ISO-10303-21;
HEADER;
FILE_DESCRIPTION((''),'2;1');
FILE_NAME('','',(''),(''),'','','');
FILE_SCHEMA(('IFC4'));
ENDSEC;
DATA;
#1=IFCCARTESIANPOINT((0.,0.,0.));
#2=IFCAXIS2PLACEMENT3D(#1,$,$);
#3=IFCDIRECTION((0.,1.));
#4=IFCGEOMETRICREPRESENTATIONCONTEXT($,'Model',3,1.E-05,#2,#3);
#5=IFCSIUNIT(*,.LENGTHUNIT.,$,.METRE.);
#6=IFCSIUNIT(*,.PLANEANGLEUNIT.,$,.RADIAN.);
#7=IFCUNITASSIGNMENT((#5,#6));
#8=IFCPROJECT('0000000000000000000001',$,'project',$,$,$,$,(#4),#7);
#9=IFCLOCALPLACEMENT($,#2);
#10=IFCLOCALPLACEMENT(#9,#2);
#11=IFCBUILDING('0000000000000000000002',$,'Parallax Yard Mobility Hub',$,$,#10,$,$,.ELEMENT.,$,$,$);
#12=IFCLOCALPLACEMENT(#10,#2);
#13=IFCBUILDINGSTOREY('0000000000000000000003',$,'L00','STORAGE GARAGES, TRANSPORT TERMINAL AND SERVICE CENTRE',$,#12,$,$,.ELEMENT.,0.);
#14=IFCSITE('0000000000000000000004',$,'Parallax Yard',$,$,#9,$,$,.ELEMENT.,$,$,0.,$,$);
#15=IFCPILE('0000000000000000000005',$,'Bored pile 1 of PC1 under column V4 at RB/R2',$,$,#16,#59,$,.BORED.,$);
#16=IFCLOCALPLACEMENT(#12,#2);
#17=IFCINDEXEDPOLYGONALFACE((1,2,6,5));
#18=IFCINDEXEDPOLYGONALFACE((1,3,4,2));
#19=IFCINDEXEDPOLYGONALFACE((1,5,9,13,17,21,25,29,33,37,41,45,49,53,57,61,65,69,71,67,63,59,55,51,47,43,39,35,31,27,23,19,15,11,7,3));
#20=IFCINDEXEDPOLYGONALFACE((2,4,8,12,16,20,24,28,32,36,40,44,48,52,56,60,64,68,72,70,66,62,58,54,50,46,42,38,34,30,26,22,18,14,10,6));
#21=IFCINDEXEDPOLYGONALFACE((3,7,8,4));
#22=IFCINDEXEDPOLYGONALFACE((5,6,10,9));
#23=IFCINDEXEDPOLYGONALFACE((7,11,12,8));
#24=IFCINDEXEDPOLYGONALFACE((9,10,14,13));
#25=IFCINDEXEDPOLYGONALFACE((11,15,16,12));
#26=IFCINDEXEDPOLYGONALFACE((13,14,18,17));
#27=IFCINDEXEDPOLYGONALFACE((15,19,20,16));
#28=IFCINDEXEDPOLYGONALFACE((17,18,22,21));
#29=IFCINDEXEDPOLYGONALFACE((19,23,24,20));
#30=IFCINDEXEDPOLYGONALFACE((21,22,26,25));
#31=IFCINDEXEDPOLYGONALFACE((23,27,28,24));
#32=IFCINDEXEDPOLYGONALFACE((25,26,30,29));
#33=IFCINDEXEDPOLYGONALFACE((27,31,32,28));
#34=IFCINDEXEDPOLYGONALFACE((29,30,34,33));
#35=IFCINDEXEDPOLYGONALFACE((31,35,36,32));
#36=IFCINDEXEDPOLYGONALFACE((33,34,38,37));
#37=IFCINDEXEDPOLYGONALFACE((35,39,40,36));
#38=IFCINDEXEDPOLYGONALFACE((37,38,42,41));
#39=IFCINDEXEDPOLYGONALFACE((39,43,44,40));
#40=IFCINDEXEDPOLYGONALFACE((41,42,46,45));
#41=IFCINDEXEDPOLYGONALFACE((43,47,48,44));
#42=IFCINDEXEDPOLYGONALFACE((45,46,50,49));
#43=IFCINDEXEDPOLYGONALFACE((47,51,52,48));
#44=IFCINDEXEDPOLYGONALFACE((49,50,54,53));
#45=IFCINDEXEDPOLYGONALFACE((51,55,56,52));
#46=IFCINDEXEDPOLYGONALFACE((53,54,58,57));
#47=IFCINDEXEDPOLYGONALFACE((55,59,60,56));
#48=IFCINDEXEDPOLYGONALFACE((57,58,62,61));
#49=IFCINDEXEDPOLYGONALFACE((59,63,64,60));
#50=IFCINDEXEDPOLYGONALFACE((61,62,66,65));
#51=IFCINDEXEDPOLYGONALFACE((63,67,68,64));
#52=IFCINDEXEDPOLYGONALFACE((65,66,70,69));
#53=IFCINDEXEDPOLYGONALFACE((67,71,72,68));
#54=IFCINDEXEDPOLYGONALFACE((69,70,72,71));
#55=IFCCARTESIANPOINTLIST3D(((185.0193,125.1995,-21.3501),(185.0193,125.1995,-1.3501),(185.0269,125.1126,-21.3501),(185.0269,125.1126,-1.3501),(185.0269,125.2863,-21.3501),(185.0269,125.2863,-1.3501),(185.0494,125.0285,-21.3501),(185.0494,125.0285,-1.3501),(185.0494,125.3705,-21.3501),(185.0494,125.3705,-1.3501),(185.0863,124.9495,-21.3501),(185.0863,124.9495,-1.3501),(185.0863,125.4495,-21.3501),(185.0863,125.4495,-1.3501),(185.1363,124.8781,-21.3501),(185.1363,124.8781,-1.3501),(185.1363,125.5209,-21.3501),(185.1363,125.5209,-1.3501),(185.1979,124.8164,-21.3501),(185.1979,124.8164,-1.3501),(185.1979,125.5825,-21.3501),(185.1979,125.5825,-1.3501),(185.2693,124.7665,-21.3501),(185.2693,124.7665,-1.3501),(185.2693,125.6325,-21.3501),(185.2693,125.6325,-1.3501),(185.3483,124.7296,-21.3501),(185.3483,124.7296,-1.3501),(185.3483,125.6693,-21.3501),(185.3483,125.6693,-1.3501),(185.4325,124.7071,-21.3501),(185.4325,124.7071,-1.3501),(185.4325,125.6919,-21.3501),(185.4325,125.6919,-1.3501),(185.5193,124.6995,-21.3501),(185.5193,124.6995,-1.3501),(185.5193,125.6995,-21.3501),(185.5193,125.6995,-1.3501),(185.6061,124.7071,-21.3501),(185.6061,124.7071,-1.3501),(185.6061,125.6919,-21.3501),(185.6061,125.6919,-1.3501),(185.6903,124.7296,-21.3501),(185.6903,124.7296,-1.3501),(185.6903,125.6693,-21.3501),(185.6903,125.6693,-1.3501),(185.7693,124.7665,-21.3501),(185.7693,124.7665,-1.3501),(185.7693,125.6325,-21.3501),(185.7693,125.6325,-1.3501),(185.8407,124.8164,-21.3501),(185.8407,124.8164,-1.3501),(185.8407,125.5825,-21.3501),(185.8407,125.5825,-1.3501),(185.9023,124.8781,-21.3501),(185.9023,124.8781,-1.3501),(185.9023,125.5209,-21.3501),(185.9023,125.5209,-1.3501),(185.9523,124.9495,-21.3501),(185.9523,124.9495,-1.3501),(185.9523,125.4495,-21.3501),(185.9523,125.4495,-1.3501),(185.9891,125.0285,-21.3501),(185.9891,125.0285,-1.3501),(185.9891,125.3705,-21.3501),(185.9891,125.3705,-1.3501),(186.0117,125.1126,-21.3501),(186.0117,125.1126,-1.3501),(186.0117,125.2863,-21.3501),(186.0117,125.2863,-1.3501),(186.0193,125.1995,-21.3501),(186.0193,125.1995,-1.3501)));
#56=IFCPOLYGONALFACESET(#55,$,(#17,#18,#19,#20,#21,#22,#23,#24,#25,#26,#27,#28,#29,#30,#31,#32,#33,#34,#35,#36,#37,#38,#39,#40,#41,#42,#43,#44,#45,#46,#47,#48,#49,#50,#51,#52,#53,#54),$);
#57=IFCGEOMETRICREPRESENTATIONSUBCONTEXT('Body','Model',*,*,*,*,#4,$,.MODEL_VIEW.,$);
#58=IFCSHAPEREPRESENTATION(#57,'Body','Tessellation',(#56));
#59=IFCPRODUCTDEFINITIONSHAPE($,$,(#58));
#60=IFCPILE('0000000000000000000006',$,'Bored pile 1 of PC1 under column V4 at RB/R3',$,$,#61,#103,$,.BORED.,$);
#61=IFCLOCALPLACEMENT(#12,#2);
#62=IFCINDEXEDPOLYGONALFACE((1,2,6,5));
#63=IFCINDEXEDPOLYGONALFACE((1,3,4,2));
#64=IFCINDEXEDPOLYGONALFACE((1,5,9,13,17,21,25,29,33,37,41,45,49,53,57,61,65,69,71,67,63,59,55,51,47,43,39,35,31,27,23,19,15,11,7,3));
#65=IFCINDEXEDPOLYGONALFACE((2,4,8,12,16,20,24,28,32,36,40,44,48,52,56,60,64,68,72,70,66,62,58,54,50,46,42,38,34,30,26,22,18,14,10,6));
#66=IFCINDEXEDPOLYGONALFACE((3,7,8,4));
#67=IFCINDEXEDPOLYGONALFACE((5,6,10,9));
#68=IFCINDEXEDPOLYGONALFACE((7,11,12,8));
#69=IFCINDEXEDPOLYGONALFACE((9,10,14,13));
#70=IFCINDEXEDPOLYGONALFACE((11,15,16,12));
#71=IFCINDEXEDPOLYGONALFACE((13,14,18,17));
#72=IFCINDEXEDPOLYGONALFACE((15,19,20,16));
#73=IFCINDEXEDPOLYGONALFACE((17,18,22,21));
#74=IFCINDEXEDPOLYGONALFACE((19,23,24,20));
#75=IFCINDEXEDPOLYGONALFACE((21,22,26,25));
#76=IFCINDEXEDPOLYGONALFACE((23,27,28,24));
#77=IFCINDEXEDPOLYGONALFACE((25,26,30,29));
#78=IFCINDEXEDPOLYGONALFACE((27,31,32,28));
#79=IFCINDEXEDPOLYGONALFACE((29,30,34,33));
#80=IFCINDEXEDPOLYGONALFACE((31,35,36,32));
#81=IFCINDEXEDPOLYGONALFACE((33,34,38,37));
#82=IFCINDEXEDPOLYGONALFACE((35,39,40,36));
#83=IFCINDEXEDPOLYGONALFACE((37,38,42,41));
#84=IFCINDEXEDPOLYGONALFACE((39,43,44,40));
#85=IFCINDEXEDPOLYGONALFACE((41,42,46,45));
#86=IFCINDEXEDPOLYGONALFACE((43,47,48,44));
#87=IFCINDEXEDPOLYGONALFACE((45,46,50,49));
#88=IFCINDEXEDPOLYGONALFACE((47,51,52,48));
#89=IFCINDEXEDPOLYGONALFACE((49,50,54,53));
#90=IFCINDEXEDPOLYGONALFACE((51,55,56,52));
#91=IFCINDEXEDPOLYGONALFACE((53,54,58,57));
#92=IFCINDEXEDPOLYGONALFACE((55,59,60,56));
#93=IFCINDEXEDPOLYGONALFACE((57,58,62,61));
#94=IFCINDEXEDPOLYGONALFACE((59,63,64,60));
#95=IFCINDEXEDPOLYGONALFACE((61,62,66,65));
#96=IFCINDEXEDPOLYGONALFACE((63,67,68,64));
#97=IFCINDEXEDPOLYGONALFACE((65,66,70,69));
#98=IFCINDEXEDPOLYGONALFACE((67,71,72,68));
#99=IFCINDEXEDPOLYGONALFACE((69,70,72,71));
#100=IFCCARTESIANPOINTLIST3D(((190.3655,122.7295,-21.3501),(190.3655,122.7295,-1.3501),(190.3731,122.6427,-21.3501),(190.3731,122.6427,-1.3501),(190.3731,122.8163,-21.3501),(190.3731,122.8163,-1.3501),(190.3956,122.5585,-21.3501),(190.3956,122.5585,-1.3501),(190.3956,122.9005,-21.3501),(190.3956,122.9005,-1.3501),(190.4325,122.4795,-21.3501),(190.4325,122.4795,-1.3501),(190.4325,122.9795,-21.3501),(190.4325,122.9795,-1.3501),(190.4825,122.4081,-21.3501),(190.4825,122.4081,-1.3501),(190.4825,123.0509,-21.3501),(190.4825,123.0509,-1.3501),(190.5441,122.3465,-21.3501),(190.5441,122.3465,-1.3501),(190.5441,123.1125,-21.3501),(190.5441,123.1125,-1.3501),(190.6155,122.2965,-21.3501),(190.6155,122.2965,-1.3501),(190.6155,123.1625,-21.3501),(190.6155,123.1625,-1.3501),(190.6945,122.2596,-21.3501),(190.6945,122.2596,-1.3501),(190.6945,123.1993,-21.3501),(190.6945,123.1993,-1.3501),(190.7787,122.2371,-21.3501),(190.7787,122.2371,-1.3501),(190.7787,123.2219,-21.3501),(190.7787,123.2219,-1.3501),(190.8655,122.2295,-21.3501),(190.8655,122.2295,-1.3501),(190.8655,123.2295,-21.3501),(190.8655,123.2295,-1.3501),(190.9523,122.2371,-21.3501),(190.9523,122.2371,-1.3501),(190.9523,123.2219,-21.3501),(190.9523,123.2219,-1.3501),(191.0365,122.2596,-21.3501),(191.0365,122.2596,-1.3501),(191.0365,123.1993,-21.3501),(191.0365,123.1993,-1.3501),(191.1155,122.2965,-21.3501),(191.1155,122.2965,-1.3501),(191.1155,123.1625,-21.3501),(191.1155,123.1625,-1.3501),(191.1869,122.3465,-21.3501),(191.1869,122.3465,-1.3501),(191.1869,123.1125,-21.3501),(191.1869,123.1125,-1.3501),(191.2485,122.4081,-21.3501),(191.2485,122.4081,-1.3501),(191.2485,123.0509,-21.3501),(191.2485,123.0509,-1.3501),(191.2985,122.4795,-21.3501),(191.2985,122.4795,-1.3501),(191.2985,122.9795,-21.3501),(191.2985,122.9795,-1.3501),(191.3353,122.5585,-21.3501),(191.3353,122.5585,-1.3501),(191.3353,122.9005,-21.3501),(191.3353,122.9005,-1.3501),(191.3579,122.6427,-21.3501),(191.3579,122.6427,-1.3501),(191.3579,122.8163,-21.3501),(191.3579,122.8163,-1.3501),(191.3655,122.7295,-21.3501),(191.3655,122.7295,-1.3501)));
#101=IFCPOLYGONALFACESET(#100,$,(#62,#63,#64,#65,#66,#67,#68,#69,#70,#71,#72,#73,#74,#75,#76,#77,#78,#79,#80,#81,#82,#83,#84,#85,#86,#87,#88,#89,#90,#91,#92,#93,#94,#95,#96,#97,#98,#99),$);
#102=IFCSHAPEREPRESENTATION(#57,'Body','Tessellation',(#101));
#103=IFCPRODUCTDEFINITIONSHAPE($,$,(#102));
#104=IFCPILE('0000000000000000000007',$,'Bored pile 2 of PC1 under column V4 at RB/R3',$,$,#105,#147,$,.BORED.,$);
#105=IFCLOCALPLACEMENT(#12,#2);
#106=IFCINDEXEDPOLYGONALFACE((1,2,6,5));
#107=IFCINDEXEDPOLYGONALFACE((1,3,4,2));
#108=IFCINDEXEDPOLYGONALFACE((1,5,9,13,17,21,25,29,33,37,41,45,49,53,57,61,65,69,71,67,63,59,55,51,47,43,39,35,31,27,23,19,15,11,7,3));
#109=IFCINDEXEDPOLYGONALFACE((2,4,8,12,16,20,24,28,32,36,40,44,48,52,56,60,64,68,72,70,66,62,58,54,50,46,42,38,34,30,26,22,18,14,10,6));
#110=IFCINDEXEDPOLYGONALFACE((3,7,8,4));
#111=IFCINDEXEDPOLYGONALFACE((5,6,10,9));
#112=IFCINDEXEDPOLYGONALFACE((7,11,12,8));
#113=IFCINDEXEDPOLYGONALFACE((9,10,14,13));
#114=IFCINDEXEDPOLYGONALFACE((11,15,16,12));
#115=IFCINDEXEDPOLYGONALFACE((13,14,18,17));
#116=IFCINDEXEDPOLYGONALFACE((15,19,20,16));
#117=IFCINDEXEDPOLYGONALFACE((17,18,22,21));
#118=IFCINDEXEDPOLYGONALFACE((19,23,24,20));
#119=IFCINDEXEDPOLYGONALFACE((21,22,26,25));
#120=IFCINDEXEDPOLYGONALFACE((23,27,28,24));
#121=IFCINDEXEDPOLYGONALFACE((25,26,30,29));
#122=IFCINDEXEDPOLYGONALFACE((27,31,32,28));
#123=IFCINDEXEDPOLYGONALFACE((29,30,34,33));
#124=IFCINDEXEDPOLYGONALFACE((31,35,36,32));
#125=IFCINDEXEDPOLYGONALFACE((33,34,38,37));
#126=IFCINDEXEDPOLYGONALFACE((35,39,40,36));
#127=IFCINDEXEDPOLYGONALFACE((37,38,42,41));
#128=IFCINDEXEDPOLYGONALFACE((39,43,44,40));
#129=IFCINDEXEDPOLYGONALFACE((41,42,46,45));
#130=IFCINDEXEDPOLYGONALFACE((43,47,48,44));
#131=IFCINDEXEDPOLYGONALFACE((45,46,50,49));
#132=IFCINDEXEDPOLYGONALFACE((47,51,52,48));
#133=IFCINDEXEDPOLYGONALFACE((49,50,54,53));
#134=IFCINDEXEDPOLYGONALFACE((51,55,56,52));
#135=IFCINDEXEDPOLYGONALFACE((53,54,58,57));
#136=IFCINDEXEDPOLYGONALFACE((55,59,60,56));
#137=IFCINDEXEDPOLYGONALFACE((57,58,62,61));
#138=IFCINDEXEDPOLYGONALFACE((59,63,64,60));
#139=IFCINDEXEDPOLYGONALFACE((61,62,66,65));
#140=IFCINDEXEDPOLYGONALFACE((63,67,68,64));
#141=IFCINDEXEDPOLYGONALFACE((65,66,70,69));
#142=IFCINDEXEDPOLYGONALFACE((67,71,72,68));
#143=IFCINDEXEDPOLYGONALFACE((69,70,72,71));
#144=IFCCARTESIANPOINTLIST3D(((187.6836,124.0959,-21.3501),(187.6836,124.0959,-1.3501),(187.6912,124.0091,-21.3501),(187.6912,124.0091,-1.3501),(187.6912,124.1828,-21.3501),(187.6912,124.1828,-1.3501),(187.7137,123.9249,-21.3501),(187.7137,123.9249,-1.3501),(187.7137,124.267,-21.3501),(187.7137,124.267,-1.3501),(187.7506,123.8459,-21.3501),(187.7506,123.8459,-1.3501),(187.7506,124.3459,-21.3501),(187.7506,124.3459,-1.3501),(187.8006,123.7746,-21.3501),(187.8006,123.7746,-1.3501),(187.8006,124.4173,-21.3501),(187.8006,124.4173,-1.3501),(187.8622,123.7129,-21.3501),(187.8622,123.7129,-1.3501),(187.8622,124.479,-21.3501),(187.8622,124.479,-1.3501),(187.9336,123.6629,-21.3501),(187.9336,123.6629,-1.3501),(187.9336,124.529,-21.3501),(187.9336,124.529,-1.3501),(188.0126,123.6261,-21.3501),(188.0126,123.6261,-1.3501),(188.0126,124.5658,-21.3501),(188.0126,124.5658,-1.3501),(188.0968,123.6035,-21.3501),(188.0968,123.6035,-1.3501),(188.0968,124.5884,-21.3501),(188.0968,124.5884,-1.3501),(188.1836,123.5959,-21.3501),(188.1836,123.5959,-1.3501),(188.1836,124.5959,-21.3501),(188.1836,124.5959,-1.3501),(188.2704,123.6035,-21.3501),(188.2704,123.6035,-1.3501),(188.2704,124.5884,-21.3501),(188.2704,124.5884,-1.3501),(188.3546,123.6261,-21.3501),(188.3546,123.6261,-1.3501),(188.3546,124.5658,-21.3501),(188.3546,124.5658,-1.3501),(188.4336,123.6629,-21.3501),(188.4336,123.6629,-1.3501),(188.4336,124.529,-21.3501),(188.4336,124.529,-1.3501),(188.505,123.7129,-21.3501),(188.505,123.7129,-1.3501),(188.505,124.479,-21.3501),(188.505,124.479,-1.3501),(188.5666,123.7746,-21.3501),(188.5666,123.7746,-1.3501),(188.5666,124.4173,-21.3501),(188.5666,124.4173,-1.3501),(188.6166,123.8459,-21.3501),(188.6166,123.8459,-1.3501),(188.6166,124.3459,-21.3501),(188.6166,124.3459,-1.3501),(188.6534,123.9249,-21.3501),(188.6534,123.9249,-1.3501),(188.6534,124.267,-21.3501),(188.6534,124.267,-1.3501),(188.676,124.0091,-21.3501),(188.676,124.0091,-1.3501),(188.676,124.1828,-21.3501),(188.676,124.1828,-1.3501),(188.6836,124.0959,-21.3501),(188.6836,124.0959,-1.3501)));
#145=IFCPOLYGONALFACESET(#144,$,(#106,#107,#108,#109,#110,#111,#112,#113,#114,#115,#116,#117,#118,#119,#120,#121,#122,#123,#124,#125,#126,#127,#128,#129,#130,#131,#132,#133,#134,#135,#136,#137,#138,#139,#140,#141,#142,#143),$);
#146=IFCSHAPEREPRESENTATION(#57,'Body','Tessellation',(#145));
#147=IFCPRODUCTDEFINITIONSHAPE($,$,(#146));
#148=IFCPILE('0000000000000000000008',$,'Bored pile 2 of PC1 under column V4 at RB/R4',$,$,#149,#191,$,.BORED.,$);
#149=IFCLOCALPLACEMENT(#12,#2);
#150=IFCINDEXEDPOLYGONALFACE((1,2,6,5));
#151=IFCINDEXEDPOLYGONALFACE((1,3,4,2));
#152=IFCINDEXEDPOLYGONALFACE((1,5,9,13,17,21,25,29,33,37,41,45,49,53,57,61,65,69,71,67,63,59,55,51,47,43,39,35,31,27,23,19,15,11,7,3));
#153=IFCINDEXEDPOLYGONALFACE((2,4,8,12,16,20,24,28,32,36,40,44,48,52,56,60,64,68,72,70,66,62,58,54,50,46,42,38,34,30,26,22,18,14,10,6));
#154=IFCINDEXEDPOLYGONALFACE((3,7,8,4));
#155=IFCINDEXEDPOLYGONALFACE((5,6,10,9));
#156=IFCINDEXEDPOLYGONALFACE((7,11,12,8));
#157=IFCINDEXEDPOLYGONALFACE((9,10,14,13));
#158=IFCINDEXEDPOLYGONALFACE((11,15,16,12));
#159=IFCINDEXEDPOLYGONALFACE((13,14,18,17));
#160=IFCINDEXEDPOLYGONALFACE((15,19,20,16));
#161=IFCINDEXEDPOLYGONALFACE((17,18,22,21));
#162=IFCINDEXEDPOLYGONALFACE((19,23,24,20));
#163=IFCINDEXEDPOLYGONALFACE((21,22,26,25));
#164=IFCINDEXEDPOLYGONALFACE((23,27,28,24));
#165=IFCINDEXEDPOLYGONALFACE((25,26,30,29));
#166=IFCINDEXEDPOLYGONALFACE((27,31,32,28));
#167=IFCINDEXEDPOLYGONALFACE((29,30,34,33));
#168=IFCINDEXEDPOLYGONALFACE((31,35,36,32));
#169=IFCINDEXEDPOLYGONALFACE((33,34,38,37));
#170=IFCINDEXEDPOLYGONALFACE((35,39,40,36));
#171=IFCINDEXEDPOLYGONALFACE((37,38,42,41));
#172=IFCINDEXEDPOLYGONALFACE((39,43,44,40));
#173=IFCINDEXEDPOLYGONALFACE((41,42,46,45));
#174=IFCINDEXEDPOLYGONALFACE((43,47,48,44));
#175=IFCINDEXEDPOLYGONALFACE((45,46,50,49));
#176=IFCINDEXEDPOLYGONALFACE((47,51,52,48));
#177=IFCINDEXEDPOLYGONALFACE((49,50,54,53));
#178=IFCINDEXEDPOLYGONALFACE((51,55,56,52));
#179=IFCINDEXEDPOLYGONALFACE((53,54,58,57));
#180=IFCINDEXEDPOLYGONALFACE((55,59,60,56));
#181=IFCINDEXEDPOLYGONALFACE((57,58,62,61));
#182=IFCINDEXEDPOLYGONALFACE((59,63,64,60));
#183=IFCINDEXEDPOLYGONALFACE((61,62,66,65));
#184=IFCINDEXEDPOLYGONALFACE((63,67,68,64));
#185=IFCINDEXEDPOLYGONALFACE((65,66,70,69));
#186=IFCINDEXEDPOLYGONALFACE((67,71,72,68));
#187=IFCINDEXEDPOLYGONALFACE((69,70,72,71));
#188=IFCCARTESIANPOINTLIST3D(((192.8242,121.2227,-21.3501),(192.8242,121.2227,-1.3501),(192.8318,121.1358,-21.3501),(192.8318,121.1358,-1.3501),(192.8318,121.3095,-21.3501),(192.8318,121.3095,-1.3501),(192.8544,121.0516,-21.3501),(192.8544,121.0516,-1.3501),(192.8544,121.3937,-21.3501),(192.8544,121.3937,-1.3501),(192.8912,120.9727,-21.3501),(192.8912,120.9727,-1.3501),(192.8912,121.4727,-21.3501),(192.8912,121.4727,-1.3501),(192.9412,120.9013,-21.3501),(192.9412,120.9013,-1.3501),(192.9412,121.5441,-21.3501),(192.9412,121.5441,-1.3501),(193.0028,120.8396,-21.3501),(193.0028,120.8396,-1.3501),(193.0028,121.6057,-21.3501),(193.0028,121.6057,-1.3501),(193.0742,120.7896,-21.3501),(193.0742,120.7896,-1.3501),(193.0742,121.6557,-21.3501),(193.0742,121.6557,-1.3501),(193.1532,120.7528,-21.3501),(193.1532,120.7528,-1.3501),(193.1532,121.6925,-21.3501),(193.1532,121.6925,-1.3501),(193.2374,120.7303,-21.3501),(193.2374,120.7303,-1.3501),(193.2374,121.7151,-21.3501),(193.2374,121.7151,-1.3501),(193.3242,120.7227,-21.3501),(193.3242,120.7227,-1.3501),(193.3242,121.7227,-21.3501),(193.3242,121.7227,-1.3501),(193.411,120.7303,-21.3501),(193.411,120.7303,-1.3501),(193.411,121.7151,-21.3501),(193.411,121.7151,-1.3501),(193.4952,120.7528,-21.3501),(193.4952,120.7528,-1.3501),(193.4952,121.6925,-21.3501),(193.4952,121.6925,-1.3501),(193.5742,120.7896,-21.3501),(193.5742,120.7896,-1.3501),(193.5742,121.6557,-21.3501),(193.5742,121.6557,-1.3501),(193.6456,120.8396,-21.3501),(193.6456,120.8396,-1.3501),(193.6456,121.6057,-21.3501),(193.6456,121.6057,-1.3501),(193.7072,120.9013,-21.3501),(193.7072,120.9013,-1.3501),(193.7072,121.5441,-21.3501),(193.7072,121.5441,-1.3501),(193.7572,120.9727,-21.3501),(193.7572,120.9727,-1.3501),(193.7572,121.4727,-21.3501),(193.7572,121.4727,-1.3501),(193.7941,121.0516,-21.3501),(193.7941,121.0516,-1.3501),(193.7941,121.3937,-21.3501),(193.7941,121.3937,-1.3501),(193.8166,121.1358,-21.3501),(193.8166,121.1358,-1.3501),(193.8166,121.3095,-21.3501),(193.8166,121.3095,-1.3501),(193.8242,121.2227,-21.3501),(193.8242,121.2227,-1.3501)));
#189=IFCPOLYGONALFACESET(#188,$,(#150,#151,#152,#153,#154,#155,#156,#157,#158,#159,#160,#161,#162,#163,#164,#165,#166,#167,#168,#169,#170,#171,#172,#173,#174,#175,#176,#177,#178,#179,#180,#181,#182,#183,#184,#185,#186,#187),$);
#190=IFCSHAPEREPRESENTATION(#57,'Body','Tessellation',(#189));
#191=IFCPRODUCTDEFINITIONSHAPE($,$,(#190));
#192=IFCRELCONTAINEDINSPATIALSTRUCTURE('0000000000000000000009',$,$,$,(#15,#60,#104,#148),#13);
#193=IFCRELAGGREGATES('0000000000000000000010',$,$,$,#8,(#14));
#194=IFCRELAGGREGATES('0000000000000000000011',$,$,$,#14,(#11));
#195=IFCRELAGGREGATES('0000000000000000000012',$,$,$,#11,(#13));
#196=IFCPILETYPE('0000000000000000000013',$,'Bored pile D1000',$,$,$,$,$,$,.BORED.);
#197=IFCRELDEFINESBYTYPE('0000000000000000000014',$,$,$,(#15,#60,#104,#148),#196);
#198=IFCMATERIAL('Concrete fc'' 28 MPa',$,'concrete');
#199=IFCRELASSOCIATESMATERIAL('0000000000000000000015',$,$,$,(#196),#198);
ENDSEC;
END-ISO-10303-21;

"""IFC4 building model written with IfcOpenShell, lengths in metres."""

from ifc_helpers import new_model, si_unit, direction, frame, origin, origin_2d, place, context, subcontext, project, spatial, circle, extrude, material, material_profile, profile_set, type_object, element, save


model = new_model("IFC4")

# Units and contexts
model_context = context("Model", 3, precision=1e-05, world=origin(), true_north=direction((0.0, 1.0)))
body_context = subcontext(model_context, "Body", "Model", "MODEL_VIEW")
ifc_project = project(units=[si_unit("LENGTHUNIT", "METRE"), si_unit("PLANEANGLEUNIT", "RADIAN")], contexts=[model_context])

# Site, building, storey
site_placement = place(None, origin())
site = spatial("IfcSite", under=ifc_project, at=site_placement, Name="Parallax Yard", CompositionType="ELEMENT", RefElevation=0.0)
building_placement = place(site_placement, origin())
building = spatial("IfcBuilding", under=site, at=building_placement, Name="Parallax Yard Mobility Hub", CompositionType="ELEMENT")
storey_placement = place(building_placement, origin())
storey = spatial("IfcBuildingStorey", under=building, at=storey_placement, Name="L00", Description="STORAGE GARAGES, TRANSPORT TERMINAL AND SERVICE CENTRE", CompositionType="ELEMENT", Elevation=0.0)

# Piles
ifc_material_1 = material(Name="Concrete fc' 28 MPa", Category="concrete")
ifc_material_profile_1 = material_profile(ifc_material_1, circle(Radius=0.5, at=origin_2d()), Name="Bored pile D1000")
ifc_profile_set_1 = profile_set([ifc_material_profile_1], Name="Concrete fc' 28 MPa")
pile_type = type_object("IfcPileType", Name="Bored pile D1000", PredefinedType="BORED", material=ifc_profile_set_1)
for number, where, z_axis, x_axis, name in (
    (1, (185.5193, 125.1995, -1.3501), (0.0, 0.0, -1.0), (1.0, 0.0, 0.0), "Bored pile 1 of PC1 under column V4 at RB/R2"),
    (2, (190.8655, 122.7295, -1.3501), (0.0, 0.0, -1.0), (1.0, 0.0, 0.0), "Bored pile 1 of PC1 under column V4 at RB/R3"),
    (3, (188.1836, 124.0959, -1.3501), (0.0, 0.0, -1.0), (1.0, 0.0, 0.0), "Bored pile 2 of PC1 under column V4 at RB/R3"),
    (4, (193.3242, 121.2227, -1.3501), (0.0, 0.0, -1.0), (1.0, 0.0, 0.0), "Bored pile 2 of PC1 under column V4 at RB/R4"),
):
    element("IfcPile", number, at=place(storey_placement, frame(where, z_axis=z_axis, x_axis=x_axis)), inside=storey, type_object=pile_type, Name=name, PredefinedType="BORED", context=body_context, shape_type="SweptSolid", body=[
        extrude(circle(Radius=0.5, at=origin_2d()), origin(), (0.0, 0.0, 1.0), 20.0),
    ])

save(model, "model.ifc")
